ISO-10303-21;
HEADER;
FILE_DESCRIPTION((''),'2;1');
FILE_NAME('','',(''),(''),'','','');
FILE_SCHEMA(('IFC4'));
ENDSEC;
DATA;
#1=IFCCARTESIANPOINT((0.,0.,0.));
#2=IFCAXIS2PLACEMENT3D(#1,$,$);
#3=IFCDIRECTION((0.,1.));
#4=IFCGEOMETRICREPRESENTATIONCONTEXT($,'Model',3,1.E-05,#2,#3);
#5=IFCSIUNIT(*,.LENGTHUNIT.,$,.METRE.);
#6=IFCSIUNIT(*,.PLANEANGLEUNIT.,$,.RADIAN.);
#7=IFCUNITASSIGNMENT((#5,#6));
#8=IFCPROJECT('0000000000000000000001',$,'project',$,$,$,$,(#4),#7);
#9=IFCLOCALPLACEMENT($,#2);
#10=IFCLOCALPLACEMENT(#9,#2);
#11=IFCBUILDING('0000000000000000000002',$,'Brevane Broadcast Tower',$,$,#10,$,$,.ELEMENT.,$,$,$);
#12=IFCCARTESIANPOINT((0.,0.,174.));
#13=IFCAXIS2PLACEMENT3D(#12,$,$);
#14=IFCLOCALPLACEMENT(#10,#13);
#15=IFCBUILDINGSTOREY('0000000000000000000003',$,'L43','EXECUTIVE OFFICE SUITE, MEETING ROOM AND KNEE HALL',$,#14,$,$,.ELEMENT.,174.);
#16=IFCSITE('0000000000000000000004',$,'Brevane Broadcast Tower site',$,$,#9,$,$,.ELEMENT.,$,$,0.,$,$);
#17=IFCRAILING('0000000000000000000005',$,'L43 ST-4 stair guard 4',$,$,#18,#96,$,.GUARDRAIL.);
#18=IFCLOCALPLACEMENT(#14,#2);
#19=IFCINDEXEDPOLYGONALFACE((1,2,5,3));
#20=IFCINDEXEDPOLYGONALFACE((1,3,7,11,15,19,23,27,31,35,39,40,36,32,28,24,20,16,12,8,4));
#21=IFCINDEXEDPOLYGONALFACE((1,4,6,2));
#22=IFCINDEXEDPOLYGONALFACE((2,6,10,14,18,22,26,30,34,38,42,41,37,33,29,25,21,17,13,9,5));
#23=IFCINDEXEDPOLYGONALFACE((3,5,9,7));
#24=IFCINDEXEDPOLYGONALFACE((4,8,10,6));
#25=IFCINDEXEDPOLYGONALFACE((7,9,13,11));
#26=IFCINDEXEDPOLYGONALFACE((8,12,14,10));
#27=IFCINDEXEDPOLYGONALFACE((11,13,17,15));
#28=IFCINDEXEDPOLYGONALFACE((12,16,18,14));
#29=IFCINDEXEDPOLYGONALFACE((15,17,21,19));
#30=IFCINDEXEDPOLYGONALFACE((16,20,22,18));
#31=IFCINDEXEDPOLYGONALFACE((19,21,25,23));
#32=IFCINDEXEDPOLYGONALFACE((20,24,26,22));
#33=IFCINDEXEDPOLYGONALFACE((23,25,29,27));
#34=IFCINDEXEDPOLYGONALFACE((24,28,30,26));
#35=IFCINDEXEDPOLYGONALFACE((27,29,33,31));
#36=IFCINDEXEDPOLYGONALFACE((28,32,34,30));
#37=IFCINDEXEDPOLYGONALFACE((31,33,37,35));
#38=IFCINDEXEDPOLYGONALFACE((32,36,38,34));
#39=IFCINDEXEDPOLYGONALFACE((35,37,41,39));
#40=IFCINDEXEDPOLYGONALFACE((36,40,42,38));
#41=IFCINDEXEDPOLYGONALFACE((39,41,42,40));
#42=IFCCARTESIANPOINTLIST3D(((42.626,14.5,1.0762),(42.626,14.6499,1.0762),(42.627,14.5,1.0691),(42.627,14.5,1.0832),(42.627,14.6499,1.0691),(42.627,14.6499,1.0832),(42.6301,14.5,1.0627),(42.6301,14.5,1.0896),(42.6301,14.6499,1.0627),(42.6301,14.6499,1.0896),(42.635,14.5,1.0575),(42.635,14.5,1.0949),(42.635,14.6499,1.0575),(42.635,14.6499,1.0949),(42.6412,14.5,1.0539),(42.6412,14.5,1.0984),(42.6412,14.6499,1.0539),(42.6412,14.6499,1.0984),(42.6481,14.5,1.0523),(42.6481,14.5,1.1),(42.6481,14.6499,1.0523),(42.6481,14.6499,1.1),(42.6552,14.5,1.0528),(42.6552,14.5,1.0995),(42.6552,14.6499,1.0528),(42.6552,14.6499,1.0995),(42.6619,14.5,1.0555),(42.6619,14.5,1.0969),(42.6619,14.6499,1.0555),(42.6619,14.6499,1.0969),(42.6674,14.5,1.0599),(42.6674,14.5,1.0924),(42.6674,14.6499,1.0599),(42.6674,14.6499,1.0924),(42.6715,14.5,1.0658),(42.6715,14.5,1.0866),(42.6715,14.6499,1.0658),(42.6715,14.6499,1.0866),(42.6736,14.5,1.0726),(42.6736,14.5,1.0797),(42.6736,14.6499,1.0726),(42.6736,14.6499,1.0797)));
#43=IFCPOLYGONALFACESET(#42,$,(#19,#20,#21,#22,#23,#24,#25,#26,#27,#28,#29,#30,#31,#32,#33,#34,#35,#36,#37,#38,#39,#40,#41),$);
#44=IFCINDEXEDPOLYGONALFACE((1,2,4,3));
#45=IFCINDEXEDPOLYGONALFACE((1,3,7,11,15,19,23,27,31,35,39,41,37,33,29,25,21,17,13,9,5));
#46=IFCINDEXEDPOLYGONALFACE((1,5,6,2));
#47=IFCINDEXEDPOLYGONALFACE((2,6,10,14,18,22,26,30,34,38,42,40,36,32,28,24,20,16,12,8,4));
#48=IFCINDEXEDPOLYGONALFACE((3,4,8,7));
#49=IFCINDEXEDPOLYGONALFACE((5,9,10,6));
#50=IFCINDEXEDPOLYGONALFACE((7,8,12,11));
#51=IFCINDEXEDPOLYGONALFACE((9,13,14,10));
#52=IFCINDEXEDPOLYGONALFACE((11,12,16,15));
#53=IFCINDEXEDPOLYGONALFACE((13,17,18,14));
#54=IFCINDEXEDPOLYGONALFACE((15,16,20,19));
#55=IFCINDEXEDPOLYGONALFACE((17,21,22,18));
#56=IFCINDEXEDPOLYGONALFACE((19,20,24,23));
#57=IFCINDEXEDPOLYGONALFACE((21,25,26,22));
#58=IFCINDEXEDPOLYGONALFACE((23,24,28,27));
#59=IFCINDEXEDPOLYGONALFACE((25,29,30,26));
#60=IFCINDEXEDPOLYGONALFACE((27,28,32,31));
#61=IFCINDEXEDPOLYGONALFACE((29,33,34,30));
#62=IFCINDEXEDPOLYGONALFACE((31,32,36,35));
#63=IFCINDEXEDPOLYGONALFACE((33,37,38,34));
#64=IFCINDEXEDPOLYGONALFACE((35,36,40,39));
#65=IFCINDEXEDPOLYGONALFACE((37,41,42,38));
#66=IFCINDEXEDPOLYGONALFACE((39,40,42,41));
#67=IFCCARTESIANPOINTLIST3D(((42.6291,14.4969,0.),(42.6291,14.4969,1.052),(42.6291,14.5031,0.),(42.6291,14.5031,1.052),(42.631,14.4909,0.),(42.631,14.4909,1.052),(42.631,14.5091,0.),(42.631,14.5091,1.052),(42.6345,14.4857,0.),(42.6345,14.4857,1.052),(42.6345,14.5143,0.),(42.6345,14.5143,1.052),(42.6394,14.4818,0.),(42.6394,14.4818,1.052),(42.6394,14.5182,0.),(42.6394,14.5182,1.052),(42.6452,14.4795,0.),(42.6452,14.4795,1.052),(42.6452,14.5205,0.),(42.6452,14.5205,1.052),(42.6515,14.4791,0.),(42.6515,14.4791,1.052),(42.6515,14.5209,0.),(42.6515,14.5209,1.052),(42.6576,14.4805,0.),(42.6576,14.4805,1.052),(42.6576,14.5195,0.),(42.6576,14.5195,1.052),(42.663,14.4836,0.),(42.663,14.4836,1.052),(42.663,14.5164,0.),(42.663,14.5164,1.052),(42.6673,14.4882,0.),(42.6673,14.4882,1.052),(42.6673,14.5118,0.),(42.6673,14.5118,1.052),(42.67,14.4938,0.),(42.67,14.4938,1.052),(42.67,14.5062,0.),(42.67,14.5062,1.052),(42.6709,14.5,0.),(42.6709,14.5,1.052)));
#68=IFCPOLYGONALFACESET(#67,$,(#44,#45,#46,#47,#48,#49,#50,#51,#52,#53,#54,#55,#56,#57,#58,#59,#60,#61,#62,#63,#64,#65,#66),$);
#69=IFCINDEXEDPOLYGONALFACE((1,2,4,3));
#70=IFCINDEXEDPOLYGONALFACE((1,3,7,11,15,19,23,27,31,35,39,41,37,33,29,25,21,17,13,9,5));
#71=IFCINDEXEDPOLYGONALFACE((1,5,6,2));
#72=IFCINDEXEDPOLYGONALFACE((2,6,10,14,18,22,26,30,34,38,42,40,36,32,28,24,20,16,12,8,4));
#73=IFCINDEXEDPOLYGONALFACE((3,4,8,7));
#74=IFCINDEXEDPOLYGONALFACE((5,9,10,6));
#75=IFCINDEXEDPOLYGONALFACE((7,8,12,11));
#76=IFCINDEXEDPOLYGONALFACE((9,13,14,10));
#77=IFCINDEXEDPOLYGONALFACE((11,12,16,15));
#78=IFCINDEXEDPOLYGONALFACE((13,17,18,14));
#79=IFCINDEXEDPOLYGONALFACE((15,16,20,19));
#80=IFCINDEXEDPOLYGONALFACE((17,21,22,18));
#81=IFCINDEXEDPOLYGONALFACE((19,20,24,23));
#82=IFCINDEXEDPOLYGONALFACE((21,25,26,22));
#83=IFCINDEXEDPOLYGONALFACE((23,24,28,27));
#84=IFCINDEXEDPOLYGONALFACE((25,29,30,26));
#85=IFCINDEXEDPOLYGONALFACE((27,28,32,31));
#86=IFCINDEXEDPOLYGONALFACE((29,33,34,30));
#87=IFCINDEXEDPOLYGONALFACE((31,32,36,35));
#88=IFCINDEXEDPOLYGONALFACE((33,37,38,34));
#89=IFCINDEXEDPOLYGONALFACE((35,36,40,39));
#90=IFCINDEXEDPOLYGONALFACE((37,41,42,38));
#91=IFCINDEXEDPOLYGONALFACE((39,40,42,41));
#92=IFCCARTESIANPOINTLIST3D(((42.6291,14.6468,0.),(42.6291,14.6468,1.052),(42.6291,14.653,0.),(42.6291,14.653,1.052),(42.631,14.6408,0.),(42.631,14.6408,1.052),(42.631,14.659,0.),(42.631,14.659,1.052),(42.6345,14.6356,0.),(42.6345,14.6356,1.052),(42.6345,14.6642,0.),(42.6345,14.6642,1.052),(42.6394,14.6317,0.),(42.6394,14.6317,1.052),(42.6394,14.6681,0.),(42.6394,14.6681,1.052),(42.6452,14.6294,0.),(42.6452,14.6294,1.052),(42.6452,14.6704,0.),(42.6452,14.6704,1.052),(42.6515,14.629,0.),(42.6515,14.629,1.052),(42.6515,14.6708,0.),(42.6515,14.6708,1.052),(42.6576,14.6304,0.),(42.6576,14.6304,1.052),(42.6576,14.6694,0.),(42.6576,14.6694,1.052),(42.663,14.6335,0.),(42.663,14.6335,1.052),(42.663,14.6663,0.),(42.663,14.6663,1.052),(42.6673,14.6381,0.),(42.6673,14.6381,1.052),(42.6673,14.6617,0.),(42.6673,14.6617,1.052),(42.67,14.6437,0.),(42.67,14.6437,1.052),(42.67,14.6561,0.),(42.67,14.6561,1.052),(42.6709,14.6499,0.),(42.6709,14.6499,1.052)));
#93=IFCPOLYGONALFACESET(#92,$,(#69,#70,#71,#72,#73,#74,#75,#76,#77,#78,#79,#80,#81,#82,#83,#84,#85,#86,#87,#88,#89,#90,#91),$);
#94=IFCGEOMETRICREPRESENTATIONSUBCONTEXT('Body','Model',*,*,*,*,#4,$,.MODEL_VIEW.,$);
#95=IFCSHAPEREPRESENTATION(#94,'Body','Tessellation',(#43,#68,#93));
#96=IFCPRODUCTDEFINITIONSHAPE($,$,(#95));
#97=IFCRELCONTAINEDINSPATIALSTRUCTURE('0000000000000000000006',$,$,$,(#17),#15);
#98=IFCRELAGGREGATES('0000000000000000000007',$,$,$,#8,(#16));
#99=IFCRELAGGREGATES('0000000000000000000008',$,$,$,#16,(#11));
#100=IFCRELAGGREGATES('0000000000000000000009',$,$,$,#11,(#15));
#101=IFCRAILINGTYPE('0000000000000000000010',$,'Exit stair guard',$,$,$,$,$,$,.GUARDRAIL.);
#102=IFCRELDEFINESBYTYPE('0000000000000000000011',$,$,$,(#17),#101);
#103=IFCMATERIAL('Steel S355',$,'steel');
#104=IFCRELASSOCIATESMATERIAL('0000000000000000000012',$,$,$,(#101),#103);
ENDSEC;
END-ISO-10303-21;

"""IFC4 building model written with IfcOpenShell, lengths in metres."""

from ifc_helpers import new_model, si_unit, direction, frame, origin, origin_2d, place, context, subcontext, project, spatial, circle, extrude, material, type_object, element, save


model = new_model("IFC4")

# Units and contexts
model_context = context("Model", 3, precision=1e-05, world=origin(), true_north=direction((0.0, 1.0)))
body_context = subcontext(model_context, "Body", "Model", "MODEL_VIEW")
ifc_project = project(units=[si_unit("LENGTHUNIT", "METRE"), si_unit("PLANEANGLEUNIT", "RADIAN")], contexts=[model_context])

# Site, building, storey
site_placement = place(None, origin())
site = spatial("IfcSite", under=ifc_project, at=site_placement, Name="Brevane Broadcast Tower site", CompositionType="ELEMENT", RefElevation=0.0)
building_placement = place(site_placement, origin())
building = spatial("IfcBuilding", under=site, at=building_placement, Name="Brevane Broadcast Tower", CompositionType="ELEMENT")
storey_placement = place(building_placement, frame((0.0, 0.0, 174.0)))
storey = spatial("IfcBuildingStorey", under=building, at=storey_placement, Name="L43", Description="EXECUTIVE OFFICE SUITE, MEETING ROOM AND KNEE HALL", CompositionType="ELEMENT", Elevation=174.0)

# Railing
ifc_material_1 = material(Name="Steel S355", Category="steel")
railing_type_1 = type_object("IfcRailingType", Name="Exit stair guard", PredefinedType="GUARDRAIL", material=ifc_material_1)
railing_1_placement = place(storey_placement, frame((42.6499, 14.5, 0.0)))
element("IfcRailing", 1, at=railing_1_placement, inside=storey, type_object=railing_type_1, Name="L43 ST-4 stair guard 4", PredefinedType="GUARDRAIL", context=body_context, shape_type="SweptSolid", body=[
    extrude(circle(Radius=0.0239, at=origin_2d()), frame((0.0, 0.0, 1.0762), z_axis=(0.0, 1.0, 0.0), x_axis=(-1.0, 0.0, 0.0)), (0.0, 0.0, 1.0), 0.1499),
    extrude(circle(Radius=0.021, at=origin_2d()), origin(), (0.0, 0.0, 1.0), 1.052),
    extrude(circle(Radius=0.021, at=origin_2d()), frame((0.0, 0.1499, 0.0)), (0.0, 0.0, 1.0), 1.052),
])

save(model, "model.ifc")
